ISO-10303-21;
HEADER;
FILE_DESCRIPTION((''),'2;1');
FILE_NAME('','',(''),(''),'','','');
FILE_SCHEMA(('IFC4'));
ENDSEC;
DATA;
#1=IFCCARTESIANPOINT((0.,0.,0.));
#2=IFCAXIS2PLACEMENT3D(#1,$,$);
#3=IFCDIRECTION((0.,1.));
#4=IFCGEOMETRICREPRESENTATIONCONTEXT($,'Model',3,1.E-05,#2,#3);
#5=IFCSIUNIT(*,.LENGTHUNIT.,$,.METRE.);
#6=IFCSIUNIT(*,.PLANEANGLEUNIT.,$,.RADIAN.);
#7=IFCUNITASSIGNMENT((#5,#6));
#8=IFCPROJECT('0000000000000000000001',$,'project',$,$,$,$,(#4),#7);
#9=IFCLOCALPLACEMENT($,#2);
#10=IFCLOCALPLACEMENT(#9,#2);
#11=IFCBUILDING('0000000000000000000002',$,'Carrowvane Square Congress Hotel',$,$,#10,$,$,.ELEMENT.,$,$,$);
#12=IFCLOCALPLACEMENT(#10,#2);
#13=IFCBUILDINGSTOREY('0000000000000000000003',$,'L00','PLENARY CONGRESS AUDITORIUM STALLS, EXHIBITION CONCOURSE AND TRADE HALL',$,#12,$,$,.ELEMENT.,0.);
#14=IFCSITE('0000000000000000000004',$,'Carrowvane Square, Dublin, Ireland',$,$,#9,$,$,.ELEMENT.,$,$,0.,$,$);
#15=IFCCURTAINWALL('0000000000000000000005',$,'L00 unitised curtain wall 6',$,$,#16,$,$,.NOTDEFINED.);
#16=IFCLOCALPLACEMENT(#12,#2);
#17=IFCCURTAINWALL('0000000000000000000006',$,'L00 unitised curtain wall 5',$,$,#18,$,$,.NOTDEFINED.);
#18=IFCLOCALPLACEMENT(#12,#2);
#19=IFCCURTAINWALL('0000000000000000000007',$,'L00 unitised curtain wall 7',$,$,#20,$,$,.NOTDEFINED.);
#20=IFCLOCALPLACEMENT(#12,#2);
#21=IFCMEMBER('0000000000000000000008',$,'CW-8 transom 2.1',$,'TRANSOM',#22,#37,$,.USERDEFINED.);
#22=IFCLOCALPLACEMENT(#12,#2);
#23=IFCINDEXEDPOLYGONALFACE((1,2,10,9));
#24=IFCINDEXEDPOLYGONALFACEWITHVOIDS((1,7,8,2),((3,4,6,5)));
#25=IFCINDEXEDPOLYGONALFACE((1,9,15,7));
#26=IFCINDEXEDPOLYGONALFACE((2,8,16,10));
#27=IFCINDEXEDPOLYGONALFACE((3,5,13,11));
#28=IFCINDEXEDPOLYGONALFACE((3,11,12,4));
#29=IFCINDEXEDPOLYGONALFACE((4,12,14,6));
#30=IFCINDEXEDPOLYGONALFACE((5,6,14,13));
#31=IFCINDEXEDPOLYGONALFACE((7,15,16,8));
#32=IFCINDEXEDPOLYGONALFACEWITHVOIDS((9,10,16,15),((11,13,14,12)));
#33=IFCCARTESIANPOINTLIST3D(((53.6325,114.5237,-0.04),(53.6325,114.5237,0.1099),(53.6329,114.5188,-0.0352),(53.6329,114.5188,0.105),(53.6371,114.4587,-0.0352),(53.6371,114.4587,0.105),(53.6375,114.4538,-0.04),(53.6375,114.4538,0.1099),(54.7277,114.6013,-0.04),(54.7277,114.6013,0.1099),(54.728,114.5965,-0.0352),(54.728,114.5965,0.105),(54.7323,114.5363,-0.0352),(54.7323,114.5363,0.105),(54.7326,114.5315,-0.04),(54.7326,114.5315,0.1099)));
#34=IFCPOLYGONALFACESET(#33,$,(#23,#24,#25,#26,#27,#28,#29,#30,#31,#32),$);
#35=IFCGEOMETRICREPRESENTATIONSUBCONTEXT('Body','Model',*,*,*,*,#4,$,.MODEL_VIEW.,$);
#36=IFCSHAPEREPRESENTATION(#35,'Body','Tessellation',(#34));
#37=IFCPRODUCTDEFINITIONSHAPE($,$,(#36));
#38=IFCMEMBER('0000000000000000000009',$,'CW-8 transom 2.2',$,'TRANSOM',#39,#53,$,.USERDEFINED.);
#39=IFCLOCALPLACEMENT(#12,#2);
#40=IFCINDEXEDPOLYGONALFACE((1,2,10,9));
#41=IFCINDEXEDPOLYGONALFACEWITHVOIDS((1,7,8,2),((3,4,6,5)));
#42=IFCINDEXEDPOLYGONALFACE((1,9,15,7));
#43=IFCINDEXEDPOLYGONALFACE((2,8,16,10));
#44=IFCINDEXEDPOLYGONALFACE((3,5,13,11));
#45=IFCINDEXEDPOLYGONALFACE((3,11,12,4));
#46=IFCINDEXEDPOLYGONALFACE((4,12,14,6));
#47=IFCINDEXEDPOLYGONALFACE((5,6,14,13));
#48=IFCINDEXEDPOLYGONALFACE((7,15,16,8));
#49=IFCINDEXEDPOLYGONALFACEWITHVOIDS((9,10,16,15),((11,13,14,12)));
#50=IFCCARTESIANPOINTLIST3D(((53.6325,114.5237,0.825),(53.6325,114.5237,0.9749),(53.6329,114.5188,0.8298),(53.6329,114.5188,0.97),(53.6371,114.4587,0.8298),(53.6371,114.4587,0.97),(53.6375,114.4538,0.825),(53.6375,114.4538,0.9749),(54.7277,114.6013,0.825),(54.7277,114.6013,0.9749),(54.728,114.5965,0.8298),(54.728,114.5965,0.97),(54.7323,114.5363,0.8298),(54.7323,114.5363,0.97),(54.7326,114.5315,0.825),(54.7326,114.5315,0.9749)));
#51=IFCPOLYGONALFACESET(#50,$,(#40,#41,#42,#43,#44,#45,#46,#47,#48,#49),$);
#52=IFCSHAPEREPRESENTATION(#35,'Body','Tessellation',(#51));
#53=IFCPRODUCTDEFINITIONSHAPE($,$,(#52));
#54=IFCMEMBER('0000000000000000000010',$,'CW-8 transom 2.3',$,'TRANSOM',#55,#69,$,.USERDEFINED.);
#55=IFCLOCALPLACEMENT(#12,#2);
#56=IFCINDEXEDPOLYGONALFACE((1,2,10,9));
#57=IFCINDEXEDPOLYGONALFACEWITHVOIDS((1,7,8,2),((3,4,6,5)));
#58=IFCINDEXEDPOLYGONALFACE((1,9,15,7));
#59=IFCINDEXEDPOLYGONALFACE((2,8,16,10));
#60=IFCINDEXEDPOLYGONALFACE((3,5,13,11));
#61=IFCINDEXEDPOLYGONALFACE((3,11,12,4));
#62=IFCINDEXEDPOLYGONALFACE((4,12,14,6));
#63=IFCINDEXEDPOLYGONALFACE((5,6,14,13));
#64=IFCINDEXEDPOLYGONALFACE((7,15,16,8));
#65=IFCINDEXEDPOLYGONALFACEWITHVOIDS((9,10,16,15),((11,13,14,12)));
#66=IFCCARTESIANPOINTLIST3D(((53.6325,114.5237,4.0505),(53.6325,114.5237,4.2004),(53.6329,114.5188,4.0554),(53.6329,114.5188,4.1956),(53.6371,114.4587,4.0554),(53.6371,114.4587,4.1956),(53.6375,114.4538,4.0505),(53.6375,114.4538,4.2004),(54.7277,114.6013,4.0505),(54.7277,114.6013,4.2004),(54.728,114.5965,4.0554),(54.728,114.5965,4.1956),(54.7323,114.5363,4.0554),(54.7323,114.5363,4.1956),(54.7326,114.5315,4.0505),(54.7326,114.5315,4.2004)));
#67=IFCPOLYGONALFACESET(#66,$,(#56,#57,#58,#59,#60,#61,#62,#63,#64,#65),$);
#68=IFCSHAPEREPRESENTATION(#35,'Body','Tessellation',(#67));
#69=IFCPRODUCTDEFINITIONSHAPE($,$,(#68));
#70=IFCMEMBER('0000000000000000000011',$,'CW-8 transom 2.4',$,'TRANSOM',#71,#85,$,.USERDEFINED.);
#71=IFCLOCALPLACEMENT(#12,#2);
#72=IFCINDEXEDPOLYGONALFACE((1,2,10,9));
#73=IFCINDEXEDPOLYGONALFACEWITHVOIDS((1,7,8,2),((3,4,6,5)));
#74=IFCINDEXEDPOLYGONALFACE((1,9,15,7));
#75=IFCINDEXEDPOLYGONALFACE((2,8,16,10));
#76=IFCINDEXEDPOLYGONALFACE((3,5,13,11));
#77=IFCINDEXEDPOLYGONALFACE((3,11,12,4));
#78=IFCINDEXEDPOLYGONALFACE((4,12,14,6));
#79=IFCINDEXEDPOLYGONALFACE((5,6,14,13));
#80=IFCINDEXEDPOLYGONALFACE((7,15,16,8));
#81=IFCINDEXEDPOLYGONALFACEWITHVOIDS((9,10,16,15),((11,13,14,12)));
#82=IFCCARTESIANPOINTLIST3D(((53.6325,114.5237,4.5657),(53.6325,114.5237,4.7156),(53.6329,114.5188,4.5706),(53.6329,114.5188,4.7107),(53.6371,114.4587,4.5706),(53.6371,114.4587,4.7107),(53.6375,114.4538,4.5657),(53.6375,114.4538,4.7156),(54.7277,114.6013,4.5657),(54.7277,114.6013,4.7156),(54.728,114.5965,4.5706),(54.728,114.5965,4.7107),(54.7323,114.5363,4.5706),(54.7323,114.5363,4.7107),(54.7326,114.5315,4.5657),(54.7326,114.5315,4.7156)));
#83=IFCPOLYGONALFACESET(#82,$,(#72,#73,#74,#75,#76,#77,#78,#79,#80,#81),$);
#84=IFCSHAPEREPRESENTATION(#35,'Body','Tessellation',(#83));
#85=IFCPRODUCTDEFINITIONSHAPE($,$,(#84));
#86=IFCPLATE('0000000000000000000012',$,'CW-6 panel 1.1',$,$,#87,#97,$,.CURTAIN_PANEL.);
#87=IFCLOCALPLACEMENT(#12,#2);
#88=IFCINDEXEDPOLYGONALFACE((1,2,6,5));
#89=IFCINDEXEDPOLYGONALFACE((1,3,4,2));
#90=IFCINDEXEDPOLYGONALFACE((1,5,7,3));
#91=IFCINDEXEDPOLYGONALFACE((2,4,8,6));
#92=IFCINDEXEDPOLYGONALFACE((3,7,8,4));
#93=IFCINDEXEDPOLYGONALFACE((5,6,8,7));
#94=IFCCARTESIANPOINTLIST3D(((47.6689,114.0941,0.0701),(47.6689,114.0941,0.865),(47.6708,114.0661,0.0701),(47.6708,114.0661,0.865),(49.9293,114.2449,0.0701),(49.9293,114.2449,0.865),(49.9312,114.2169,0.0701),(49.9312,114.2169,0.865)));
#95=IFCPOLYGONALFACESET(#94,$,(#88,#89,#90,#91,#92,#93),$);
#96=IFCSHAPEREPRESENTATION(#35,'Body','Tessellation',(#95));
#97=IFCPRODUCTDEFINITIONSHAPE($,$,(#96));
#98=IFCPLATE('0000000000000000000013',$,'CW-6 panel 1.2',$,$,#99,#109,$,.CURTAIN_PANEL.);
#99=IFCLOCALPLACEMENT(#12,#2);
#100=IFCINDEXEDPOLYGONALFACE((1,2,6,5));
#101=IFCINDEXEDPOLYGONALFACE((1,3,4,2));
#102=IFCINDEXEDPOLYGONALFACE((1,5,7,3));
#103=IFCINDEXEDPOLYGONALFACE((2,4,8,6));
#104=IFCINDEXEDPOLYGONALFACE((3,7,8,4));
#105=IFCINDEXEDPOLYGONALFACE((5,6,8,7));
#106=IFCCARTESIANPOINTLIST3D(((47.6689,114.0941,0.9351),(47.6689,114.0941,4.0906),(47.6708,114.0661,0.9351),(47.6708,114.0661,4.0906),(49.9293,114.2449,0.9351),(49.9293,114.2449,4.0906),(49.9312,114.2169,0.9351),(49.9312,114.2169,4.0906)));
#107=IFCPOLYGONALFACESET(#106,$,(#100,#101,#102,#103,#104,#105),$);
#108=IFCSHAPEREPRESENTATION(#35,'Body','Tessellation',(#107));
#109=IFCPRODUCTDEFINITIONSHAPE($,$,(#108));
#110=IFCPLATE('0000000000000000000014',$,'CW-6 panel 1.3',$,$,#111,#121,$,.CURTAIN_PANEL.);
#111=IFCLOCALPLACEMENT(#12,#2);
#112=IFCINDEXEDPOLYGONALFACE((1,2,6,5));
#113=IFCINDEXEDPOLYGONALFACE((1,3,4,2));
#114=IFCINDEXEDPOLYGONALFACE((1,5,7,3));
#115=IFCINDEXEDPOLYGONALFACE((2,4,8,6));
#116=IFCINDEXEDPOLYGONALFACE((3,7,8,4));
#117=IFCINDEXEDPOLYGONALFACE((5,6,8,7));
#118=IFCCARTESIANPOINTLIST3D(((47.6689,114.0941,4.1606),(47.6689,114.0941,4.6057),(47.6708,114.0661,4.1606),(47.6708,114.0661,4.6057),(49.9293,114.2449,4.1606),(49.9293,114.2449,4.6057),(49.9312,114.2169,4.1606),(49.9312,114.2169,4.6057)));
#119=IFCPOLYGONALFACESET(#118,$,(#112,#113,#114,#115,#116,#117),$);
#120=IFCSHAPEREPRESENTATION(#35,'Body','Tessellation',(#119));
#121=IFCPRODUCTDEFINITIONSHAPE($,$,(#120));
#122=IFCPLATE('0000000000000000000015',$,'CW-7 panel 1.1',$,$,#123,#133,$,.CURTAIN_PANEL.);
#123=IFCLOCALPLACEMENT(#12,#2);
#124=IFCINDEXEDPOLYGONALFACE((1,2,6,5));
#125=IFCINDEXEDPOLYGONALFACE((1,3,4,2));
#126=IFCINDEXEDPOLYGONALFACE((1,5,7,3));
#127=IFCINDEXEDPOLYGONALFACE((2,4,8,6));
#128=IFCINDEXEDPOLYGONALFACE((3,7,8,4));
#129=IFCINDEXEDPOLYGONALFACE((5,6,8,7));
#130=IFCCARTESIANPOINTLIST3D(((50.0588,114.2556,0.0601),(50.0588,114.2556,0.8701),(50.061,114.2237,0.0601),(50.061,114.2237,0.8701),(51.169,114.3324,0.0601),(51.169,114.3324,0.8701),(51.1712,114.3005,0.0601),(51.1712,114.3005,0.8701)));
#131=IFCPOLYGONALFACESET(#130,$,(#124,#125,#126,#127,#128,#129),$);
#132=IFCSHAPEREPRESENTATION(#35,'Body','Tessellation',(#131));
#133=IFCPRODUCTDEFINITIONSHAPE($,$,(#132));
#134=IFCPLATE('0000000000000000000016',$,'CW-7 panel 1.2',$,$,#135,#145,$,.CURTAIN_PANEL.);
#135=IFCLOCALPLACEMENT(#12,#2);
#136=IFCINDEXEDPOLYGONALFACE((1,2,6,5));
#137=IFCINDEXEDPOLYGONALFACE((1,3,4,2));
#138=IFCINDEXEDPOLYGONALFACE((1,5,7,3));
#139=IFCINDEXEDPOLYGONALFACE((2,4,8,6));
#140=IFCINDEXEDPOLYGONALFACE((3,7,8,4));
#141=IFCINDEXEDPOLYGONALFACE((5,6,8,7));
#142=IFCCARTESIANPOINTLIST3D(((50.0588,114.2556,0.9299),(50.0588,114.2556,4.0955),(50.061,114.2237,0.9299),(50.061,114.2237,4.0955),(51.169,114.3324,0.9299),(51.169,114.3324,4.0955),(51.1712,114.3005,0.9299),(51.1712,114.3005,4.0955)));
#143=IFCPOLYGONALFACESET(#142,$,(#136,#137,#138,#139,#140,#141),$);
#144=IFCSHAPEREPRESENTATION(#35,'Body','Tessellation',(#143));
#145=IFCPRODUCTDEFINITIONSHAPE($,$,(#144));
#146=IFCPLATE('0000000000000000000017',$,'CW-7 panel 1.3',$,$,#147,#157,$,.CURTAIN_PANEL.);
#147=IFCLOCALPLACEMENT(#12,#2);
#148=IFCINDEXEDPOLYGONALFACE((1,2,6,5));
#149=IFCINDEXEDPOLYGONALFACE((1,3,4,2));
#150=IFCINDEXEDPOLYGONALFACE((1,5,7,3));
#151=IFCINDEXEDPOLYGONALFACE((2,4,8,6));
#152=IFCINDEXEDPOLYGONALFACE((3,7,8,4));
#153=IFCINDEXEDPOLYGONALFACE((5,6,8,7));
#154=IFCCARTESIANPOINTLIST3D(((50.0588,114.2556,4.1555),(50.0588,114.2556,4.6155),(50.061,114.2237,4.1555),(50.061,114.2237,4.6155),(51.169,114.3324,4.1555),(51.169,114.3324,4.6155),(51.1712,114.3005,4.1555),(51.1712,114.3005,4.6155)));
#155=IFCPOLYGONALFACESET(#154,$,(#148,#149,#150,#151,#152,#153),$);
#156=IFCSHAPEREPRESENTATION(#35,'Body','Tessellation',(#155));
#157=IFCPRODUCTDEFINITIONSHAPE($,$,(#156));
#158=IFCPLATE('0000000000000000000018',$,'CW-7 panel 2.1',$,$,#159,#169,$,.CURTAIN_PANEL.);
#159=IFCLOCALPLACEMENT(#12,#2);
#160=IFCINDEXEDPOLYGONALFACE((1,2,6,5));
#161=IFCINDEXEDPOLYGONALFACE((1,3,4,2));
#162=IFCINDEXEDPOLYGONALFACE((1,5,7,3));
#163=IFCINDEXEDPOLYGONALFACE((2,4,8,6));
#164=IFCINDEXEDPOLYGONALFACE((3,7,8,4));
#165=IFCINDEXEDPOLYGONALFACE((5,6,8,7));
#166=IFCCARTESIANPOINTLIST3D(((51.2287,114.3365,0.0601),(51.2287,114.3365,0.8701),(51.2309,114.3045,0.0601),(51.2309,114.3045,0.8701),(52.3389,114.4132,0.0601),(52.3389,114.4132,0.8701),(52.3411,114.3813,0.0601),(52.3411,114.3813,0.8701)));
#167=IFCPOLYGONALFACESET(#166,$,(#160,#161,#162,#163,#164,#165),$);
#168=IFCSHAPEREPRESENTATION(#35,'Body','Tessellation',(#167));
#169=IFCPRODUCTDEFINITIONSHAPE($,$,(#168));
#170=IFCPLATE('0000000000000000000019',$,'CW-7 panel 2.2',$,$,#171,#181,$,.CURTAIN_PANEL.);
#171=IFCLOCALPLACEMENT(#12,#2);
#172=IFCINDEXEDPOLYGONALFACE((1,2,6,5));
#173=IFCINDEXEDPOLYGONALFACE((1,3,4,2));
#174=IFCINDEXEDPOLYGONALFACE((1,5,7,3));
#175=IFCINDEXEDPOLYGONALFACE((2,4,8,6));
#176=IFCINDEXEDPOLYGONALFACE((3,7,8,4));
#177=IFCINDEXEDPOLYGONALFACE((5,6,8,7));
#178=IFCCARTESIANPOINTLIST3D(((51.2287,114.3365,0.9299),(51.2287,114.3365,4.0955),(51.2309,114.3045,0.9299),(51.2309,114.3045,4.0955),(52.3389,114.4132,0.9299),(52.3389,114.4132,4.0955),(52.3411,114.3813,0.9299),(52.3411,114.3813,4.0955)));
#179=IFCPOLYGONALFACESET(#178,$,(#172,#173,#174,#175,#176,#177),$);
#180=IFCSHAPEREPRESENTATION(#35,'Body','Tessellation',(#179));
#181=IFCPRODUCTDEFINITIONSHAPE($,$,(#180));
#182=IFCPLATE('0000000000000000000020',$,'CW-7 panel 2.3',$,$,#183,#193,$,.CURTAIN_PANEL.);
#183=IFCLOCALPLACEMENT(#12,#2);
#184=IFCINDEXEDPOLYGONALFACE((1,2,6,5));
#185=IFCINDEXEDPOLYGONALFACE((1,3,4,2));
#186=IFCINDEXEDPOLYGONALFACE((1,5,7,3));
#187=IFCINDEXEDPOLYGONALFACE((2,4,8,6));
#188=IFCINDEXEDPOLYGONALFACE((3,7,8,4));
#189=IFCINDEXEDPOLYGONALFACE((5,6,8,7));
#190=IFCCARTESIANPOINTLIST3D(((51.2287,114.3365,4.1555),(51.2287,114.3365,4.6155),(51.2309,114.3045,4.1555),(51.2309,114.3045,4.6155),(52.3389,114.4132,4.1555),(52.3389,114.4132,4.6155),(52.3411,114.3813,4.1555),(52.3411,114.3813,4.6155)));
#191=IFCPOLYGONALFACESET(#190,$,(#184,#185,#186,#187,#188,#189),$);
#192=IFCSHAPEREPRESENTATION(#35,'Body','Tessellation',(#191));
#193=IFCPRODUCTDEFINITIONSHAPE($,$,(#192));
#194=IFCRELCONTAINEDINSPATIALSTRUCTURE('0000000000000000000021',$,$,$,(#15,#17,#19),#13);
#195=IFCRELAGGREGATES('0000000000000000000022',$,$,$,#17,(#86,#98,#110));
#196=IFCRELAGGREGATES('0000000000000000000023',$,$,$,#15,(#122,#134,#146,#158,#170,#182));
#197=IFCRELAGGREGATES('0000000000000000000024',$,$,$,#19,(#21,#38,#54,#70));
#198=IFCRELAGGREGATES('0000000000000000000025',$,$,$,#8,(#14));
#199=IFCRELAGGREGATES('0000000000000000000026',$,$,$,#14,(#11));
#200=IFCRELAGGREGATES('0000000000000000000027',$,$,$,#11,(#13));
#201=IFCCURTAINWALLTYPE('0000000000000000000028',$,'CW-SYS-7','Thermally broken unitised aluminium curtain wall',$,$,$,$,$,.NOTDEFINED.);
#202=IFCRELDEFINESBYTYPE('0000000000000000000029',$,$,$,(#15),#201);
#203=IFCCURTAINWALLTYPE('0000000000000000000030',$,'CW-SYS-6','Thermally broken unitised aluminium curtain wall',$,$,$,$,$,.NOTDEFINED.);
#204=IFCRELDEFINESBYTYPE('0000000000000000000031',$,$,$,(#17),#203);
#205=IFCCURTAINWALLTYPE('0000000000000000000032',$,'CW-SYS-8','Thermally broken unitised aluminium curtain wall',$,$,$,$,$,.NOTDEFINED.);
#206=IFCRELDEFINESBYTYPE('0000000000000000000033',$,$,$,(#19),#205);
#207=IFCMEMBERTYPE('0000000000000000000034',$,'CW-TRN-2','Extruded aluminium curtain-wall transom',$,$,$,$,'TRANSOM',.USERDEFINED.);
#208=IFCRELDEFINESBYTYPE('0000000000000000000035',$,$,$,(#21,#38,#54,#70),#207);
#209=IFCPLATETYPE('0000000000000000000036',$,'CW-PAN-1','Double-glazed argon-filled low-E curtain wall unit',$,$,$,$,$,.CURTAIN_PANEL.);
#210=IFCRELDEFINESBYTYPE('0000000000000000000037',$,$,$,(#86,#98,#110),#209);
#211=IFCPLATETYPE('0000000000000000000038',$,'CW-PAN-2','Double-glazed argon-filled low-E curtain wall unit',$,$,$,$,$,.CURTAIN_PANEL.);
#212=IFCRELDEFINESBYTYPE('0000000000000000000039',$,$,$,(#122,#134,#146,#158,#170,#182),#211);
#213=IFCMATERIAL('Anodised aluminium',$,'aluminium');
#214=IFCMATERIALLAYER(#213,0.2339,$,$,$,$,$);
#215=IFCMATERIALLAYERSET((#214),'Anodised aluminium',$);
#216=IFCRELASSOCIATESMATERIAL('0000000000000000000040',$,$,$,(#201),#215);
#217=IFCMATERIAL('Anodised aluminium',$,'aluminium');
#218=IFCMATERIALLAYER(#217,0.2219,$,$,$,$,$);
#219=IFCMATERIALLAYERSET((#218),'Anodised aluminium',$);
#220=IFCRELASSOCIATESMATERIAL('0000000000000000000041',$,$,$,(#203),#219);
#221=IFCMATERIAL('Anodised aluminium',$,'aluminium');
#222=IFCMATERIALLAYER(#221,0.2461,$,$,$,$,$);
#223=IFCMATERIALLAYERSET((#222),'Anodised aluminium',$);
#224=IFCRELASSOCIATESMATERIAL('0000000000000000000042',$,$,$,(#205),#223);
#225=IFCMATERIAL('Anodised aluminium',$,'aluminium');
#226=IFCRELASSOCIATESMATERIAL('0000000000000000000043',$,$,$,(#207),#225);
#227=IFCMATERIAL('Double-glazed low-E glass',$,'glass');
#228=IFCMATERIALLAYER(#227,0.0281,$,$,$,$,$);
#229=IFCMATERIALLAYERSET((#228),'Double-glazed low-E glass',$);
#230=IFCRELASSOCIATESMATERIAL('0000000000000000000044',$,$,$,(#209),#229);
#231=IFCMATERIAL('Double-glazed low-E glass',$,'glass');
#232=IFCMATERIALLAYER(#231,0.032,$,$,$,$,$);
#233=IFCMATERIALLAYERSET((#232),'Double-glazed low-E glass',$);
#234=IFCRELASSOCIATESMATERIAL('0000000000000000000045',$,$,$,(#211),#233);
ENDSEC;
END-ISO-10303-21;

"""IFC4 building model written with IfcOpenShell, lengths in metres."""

from ifc_helpers import new_model, si_unit, direction, frame, origin, origin_2d, place, context, subcontext, project, spatial, rectangle, hollow_rectangle, extrude, material, layer, layer_set, material_profile, profile_set, type_object, element, aggregate, save


model = new_model("IFC4")

# Units and contexts
model_context = context("Model", 3, precision=1e-05, world=origin(), true_north=direction((0.0, 1.0)))
body_context = subcontext(model_context, "Body", "Model", "MODEL_VIEW")
ifc_project = project(units=[si_unit("LENGTHUNIT", "METRE"), si_unit("PLANEANGLEUNIT", "RADIAN")], contexts=[model_context])

# Site, building, storey
site_placement = place(None, origin())
site = spatial("IfcSite", under=ifc_project, at=site_placement, Name="Carrowvane Square, Dublin, Ireland", CompositionType="ELEMENT", RefElevation=0.0)
building_placement = place(site_placement, origin())
building = spatial("IfcBuilding", under=site, at=building_placement, Name="Carrowvane Square Congress Hotel", CompositionType="ELEMENT")
storey_placement = place(building_placement, origin())
storey = spatial("IfcBuildingStorey", under=building, at=storey_placement, Name="L00", Description="PLENARY CONGRESS AUDITORIUM STALLS, EXHIBITION CONCOURSE AND TRADE HALL", CompositionType="ELEMENT", Elevation=0.0)

# Curtain wall
ifc_material_1 = material(Name="Anodised aluminium", Category="aluminium")
ifc_layer_1 = layer(ifc_material_1, 0.2339)
ifc_layer_set_1 = layer_set([ifc_layer_1], Name="Anodised aluminium")
curtain_wall_type_1 = type_object("IfcCurtainWallType", Name="CW-SYS-7", Description="Thermally broken unitised aluminium curtain wall", PredefinedType="NOTDEFINED", material=ifc_layer_set_1)
curtain_wall_1_placement = place(storey_placement, origin())
curtain_wall_1 = element("IfcCurtainWall", 1, at=curtain_wall_1_placement, inside=storey, type_object=curtain_wall_type_1, Name="L00 unitised curtain wall 6", PredefinedType="NOTDEFINED")

# Curtain wall
ifc_material_2 = material(Name="Anodised aluminium", Category="aluminium")
ifc_layer_2 = layer(ifc_material_2, 0.2219)
ifc_layer_set_2 = layer_set([ifc_layer_2], Name="Anodised aluminium")
curtain_wall_type_2 = type_object("IfcCurtainWallType", Name="CW-SYS-6", Description="Thermally broken unitised aluminium curtain wall", PredefinedType="NOTDEFINED", material=ifc_layer_set_2)
curtain_wall_2_placement = place(storey_placement, origin())
curtain_wall_2 = element("IfcCurtainWall", 2, at=curtain_wall_2_placement, inside=storey, type_object=curtain_wall_type_2, Name="L00 unitised curtain wall 5", PredefinedType="NOTDEFINED")

# Curtain wall
ifc_material_3 = material(Name="Anodised aluminium", Category="aluminium")
ifc_layer_3 = layer(ifc_material_3, 0.2461)
ifc_layer_set_3 = layer_set([ifc_layer_3], Name="Anodised aluminium")
curtain_wall_type_3 = type_object("IfcCurtainWallType", Name="CW-SYS-8", Description="Thermally broken unitised aluminium curtain wall", PredefinedType="NOTDEFINED", material=ifc_layer_set_3)
curtain_wall_3_placement = place(storey_placement, origin())
curtain_wall_3 = element("IfcCurtainWall", 3, at=curtain_wall_3_placement, inside=storey, type_object=curtain_wall_type_3, Name="L00 unitised curtain wall 7", PredefinedType="NOTDEFINED")

# Members
ifc_material_4 = material(Name="Anodised aluminium", Category="aluminium")
ifc_material_profile_1 = material_profile(ifc_material_4, hollow_rectangle(XDim=0.0701, YDim=0.1499, WallThickness=0.0049, at=origin_2d()), Name="CW-TR 70x150x5")
ifc_profile_set_1 = profile_set([ifc_material_profile_1], Name="Anodised aluminium")
member_type_1 = type_object("IfcMemberType", Name="CW-TRN-2", Description="Extruded aluminium curtain-wall transom", ElementType="TRANSOM", PredefinedType="USERDEFINED", material=ifc_profile_set_1)
member_1_placement = place(storey_placement, frame((53.635, 114.4888, 0.0349), z_axis=(0.997497, 0.07071, 0.0), x_axis=(-0.07071, 0.997497, 0.0)))
member_1 = element("IfcMember", 4, at=member_1_placement, type_object=member_type_1, Name="CW-8 transom 2.1", ObjectType="TRANSOM", PredefinedType="USERDEFINED", context=body_context, shape_type="SweptSolid", body=[
    extrude(hollow_rectangle(XDim=0.0701, YDim=0.1499, WallThickness=0.0049, at=origin_2d()), origin(), (0.0, 0.0, 1.0), 1.0979),
])
member_2_placement = place(storey_placement, frame((53.635, 114.4888, 0.8999), z_axis=(0.997497, 0.07071, 0.0), x_axis=(-0.07071, 0.997497, 0.0)))
member_2 = element("IfcMember", 5, at=member_2_placement, type_object=member_type_1, Name="CW-8 transom 2.2", ObjectType="TRANSOM", PredefinedType="USERDEFINED", context=body_context, shape_type="SweptSolid", body=[
    extrude(hollow_rectangle(XDim=0.0701, YDim=0.1499, WallThickness=0.0049, at=origin_2d()), origin(), (0.0, 0.0, 1.0), 1.0979),
])
member_3_placement = place(storey_placement, frame((53.635, 114.4888, 4.1255), z_axis=(0.997497, 0.07071, 0.0), x_axis=(-0.07071, 0.997497, 0.0)))
member_3 = element("IfcMember", 6, at=member_3_placement, type_object=member_type_1, Name="CW-8 transom 2.3", ObjectType="TRANSOM", PredefinedType="USERDEFINED", context=body_context, shape_type="SweptSolid", body=[
    extrude(hollow_rectangle(XDim=0.0701, YDim=0.1499, WallThickness=0.0049, at=origin_2d()), origin(), (0.0, 0.0, 1.0), 1.0979),
])
member_4_placement = place(storey_placement, frame((53.635, 114.4888, 4.6406), z_axis=(0.997497, 0.07071, 0.0), x_axis=(-0.07071, 0.997497, 0.0)))
member_4 = element("IfcMember", 7, at=member_4_placement, type_object=member_type_1, Name="CW-8 transom 2.4", ObjectType="TRANSOM", PredefinedType="USERDEFINED", context=body_context, shape_type="SweptSolid", body=[
    extrude(hollow_rectangle(XDim=0.0701, YDim=0.1499, WallThickness=0.0049, at=origin_2d()), origin(), (0.0, 0.0, 1.0), 1.0979),
])

# Plates
ifc_material_5 = material(Name="Double-glazed low-E glass", Category="glass")
ifc_layer_4 = layer(ifc_material_5, 0.0281)
ifc_layer_set_4 = layer_set([ifc_layer_4], Name="Double-glazed low-E glass")
plate_type_1 = type_object("IfcPlateType", Name="CW-PAN-1", Description="Double-glazed argon-filled low-E curtain wall unit", PredefinedType="CURTAIN_PANEL", material=ifc_layer_set_4)
plate_1_placement = place(storey_placement, frame((48.8, 114.1555, 0.0701), z_axis=(0.0, 0.0, 1.0), x_axis=(0.997781, 0.066578, 0.0)))
plate_1 = element("IfcPlate", 8, at=plate_1_placement, type_object=plate_type_1, Name="CW-6 panel 1.1", PredefinedType="CURTAIN_PANEL", context=body_context, shape_type="SweptSolid", body=[
    extrude(rectangle(XDim=2.2654, YDim=0.0281, at=origin_2d()), origin(), (0.0, 0.0, 1.0), 0.7949),
])
plate_2_placement = place(storey_placement, frame((48.8, 114.1555, 0.9351), z_axis=(0.0, 0.0, 1.0), x_axis=(0.997781, 0.066578, 0.0)))
plate_2 = element("IfcPlate", 9, at=plate_2_placement, type_object=plate_type_1, Name="CW-6 panel 1.2", PredefinedType="CURTAIN_PANEL", context=body_context, shape_type="SweptSolid", body=[
    extrude(rectangle(XDim=2.2654, YDim=0.0281, at=origin_2d()), origin(), (0.0, 0.0, 1.0), 3.1555),
])
plate_3_placement = place(storey_placement, frame((48.8, 114.1555, 4.1606), z_axis=(0.0, 0.0, 1.0), x_axis=(0.997781, 0.066578, 0.0)))
plate_3 = element("IfcPlate", 10, at=plate_3_placement, type_object=plate_type_1, Name="CW-6 panel 1.3", PredefinedType="CURTAIN_PANEL", context=body_context, shape_type="SweptSolid", body=[
    extrude(rectangle(XDim=2.2654, YDim=0.0281, at=origin_2d()), origin(), (0.0, 0.0, 1.0), 0.4451),
])
aggregate(curtain_wall_2, [plate_1, plate_2, plate_3])
ifc_material_6 = material(Name="Double-glazed low-E glass", Category="glass")
ifc_layer_5 = layer(ifc_material_6, 0.032)
ifc_layer_set_5 = layer_set([ifc_layer_5], Name="Double-glazed low-E glass")
plate_type_2 = type_object("IfcPlateType", Name="CW-PAN-2", Description="Double-glazed argon-filled low-E curtain wall unit", PredefinedType="CURTAIN_PANEL", material=ifc_layer_set_5)
plate_4_placement = place(storey_placement, frame((50.615, 114.2781, 0.0601), z_axis=(0.0, 0.0, 1.0), x_axis=(0.997618, 0.068986, 0.0)))
plate_4 = element("IfcPlate", 11, at=plate_4_placement, type_object=plate_type_2, Name="CW-7 panel 1.1", PredefinedType="CURTAIN_PANEL", context=body_context, shape_type="SweptSolid", body=[
    extrude(rectangle(XDim=1.1128, YDim=0.032, at=origin_2d()), origin(), (0.0, 0.0, 1.0), 0.8101),
])
plate_5_placement = place(storey_placement, frame((50.615, 114.2781, 0.9299), z_axis=(0.0, 0.0, 1.0), x_axis=(0.997618, 0.068986, 0.0)))
plate_5 = element("IfcPlate", 12, at=plate_5_placement, type_object=plate_type_2, Name="CW-7 panel 1.2", PredefinedType="CURTAIN_PANEL", context=body_context, shape_type="SweptSolid", body=[
    extrude(rectangle(XDim=1.1128, YDim=0.032, at=origin_2d()), origin(), (0.0, 0.0, 1.0), 3.1655),
])
plate_6_placement = place(storey_placement, frame((50.615, 114.2781, 4.1555), z_axis=(0.0, 0.0, 1.0), x_axis=(0.997618, 0.068986, 0.0)))
plate_6 = element("IfcPlate", 13, at=plate_6_placement, type_object=plate_type_2, Name="CW-7 panel 1.3", PredefinedType="CURTAIN_PANEL", context=body_context, shape_type="SweptSolid", body=[
    extrude(rectangle(XDim=1.1128, YDim=0.032, at=origin_2d()), origin(), (0.0, 0.0, 1.0), 0.46),
])
plate_7_placement = place(storey_placement, frame((51.7849, 114.3589, 0.0601), z_axis=(0.0, 0.0, 1.0), x_axis=(0.997618, 0.068986, 0.0)))
plate_7 = element("IfcPlate", 14, at=plate_7_placement, type_object=plate_type_2, Name="CW-7 panel 2.1", PredefinedType="CURTAIN_PANEL", context=body_context, shape_type="SweptSolid", body=[
    extrude(rectangle(XDim=1.1128, YDim=0.032, at=origin_2d()), origin(), (0.0, 0.0, 1.0), 0.8101),
])
plate_8_placement = place(storey_placement, frame((51.7849, 114.3589, 0.9299), z_axis=(0.0, 0.0, 1.0), x_axis=(0.997618, 0.068986, 0.0)))
plate_8 = element("IfcPlate", 15, at=plate_8_placement, type_object=plate_type_2, Name="CW-7 panel 2.2", PredefinedType="CURTAIN_PANEL", context=body_context, shape_type="SweptSolid", body=[
    extrude(rectangle(XDim=1.1128, YDim=0.032, at=origin_2d()), origin(), (0.0, 0.0, 1.0), 3.1655),
])
plate_9_placement = place(storey_placement, frame((51.7849, 114.3589, 4.1555), z_axis=(0.0, 0.0, 1.0), x_axis=(0.997618, 0.068986, 0.0)))
plate_9 = element("IfcPlate", 16, at=plate_9_placement, type_object=plate_type_2, Name="CW-7 panel 2.3", PredefinedType="CURTAIN_PANEL", context=body_context, shape_type="SweptSolid", body=[
    extrude(rectangle(XDim=1.1128, YDim=0.032, at=origin_2d()), origin(), (0.0, 0.0, 1.0), 0.46),
])
aggregate(curtain_wall_1, [plate_4, plate_5, plate_6, plate_7, plate_8, plate_9])
aggregate(curtain_wall_3, [member_1, member_2, member_3, member_4])

save(model, "model.ifc")
